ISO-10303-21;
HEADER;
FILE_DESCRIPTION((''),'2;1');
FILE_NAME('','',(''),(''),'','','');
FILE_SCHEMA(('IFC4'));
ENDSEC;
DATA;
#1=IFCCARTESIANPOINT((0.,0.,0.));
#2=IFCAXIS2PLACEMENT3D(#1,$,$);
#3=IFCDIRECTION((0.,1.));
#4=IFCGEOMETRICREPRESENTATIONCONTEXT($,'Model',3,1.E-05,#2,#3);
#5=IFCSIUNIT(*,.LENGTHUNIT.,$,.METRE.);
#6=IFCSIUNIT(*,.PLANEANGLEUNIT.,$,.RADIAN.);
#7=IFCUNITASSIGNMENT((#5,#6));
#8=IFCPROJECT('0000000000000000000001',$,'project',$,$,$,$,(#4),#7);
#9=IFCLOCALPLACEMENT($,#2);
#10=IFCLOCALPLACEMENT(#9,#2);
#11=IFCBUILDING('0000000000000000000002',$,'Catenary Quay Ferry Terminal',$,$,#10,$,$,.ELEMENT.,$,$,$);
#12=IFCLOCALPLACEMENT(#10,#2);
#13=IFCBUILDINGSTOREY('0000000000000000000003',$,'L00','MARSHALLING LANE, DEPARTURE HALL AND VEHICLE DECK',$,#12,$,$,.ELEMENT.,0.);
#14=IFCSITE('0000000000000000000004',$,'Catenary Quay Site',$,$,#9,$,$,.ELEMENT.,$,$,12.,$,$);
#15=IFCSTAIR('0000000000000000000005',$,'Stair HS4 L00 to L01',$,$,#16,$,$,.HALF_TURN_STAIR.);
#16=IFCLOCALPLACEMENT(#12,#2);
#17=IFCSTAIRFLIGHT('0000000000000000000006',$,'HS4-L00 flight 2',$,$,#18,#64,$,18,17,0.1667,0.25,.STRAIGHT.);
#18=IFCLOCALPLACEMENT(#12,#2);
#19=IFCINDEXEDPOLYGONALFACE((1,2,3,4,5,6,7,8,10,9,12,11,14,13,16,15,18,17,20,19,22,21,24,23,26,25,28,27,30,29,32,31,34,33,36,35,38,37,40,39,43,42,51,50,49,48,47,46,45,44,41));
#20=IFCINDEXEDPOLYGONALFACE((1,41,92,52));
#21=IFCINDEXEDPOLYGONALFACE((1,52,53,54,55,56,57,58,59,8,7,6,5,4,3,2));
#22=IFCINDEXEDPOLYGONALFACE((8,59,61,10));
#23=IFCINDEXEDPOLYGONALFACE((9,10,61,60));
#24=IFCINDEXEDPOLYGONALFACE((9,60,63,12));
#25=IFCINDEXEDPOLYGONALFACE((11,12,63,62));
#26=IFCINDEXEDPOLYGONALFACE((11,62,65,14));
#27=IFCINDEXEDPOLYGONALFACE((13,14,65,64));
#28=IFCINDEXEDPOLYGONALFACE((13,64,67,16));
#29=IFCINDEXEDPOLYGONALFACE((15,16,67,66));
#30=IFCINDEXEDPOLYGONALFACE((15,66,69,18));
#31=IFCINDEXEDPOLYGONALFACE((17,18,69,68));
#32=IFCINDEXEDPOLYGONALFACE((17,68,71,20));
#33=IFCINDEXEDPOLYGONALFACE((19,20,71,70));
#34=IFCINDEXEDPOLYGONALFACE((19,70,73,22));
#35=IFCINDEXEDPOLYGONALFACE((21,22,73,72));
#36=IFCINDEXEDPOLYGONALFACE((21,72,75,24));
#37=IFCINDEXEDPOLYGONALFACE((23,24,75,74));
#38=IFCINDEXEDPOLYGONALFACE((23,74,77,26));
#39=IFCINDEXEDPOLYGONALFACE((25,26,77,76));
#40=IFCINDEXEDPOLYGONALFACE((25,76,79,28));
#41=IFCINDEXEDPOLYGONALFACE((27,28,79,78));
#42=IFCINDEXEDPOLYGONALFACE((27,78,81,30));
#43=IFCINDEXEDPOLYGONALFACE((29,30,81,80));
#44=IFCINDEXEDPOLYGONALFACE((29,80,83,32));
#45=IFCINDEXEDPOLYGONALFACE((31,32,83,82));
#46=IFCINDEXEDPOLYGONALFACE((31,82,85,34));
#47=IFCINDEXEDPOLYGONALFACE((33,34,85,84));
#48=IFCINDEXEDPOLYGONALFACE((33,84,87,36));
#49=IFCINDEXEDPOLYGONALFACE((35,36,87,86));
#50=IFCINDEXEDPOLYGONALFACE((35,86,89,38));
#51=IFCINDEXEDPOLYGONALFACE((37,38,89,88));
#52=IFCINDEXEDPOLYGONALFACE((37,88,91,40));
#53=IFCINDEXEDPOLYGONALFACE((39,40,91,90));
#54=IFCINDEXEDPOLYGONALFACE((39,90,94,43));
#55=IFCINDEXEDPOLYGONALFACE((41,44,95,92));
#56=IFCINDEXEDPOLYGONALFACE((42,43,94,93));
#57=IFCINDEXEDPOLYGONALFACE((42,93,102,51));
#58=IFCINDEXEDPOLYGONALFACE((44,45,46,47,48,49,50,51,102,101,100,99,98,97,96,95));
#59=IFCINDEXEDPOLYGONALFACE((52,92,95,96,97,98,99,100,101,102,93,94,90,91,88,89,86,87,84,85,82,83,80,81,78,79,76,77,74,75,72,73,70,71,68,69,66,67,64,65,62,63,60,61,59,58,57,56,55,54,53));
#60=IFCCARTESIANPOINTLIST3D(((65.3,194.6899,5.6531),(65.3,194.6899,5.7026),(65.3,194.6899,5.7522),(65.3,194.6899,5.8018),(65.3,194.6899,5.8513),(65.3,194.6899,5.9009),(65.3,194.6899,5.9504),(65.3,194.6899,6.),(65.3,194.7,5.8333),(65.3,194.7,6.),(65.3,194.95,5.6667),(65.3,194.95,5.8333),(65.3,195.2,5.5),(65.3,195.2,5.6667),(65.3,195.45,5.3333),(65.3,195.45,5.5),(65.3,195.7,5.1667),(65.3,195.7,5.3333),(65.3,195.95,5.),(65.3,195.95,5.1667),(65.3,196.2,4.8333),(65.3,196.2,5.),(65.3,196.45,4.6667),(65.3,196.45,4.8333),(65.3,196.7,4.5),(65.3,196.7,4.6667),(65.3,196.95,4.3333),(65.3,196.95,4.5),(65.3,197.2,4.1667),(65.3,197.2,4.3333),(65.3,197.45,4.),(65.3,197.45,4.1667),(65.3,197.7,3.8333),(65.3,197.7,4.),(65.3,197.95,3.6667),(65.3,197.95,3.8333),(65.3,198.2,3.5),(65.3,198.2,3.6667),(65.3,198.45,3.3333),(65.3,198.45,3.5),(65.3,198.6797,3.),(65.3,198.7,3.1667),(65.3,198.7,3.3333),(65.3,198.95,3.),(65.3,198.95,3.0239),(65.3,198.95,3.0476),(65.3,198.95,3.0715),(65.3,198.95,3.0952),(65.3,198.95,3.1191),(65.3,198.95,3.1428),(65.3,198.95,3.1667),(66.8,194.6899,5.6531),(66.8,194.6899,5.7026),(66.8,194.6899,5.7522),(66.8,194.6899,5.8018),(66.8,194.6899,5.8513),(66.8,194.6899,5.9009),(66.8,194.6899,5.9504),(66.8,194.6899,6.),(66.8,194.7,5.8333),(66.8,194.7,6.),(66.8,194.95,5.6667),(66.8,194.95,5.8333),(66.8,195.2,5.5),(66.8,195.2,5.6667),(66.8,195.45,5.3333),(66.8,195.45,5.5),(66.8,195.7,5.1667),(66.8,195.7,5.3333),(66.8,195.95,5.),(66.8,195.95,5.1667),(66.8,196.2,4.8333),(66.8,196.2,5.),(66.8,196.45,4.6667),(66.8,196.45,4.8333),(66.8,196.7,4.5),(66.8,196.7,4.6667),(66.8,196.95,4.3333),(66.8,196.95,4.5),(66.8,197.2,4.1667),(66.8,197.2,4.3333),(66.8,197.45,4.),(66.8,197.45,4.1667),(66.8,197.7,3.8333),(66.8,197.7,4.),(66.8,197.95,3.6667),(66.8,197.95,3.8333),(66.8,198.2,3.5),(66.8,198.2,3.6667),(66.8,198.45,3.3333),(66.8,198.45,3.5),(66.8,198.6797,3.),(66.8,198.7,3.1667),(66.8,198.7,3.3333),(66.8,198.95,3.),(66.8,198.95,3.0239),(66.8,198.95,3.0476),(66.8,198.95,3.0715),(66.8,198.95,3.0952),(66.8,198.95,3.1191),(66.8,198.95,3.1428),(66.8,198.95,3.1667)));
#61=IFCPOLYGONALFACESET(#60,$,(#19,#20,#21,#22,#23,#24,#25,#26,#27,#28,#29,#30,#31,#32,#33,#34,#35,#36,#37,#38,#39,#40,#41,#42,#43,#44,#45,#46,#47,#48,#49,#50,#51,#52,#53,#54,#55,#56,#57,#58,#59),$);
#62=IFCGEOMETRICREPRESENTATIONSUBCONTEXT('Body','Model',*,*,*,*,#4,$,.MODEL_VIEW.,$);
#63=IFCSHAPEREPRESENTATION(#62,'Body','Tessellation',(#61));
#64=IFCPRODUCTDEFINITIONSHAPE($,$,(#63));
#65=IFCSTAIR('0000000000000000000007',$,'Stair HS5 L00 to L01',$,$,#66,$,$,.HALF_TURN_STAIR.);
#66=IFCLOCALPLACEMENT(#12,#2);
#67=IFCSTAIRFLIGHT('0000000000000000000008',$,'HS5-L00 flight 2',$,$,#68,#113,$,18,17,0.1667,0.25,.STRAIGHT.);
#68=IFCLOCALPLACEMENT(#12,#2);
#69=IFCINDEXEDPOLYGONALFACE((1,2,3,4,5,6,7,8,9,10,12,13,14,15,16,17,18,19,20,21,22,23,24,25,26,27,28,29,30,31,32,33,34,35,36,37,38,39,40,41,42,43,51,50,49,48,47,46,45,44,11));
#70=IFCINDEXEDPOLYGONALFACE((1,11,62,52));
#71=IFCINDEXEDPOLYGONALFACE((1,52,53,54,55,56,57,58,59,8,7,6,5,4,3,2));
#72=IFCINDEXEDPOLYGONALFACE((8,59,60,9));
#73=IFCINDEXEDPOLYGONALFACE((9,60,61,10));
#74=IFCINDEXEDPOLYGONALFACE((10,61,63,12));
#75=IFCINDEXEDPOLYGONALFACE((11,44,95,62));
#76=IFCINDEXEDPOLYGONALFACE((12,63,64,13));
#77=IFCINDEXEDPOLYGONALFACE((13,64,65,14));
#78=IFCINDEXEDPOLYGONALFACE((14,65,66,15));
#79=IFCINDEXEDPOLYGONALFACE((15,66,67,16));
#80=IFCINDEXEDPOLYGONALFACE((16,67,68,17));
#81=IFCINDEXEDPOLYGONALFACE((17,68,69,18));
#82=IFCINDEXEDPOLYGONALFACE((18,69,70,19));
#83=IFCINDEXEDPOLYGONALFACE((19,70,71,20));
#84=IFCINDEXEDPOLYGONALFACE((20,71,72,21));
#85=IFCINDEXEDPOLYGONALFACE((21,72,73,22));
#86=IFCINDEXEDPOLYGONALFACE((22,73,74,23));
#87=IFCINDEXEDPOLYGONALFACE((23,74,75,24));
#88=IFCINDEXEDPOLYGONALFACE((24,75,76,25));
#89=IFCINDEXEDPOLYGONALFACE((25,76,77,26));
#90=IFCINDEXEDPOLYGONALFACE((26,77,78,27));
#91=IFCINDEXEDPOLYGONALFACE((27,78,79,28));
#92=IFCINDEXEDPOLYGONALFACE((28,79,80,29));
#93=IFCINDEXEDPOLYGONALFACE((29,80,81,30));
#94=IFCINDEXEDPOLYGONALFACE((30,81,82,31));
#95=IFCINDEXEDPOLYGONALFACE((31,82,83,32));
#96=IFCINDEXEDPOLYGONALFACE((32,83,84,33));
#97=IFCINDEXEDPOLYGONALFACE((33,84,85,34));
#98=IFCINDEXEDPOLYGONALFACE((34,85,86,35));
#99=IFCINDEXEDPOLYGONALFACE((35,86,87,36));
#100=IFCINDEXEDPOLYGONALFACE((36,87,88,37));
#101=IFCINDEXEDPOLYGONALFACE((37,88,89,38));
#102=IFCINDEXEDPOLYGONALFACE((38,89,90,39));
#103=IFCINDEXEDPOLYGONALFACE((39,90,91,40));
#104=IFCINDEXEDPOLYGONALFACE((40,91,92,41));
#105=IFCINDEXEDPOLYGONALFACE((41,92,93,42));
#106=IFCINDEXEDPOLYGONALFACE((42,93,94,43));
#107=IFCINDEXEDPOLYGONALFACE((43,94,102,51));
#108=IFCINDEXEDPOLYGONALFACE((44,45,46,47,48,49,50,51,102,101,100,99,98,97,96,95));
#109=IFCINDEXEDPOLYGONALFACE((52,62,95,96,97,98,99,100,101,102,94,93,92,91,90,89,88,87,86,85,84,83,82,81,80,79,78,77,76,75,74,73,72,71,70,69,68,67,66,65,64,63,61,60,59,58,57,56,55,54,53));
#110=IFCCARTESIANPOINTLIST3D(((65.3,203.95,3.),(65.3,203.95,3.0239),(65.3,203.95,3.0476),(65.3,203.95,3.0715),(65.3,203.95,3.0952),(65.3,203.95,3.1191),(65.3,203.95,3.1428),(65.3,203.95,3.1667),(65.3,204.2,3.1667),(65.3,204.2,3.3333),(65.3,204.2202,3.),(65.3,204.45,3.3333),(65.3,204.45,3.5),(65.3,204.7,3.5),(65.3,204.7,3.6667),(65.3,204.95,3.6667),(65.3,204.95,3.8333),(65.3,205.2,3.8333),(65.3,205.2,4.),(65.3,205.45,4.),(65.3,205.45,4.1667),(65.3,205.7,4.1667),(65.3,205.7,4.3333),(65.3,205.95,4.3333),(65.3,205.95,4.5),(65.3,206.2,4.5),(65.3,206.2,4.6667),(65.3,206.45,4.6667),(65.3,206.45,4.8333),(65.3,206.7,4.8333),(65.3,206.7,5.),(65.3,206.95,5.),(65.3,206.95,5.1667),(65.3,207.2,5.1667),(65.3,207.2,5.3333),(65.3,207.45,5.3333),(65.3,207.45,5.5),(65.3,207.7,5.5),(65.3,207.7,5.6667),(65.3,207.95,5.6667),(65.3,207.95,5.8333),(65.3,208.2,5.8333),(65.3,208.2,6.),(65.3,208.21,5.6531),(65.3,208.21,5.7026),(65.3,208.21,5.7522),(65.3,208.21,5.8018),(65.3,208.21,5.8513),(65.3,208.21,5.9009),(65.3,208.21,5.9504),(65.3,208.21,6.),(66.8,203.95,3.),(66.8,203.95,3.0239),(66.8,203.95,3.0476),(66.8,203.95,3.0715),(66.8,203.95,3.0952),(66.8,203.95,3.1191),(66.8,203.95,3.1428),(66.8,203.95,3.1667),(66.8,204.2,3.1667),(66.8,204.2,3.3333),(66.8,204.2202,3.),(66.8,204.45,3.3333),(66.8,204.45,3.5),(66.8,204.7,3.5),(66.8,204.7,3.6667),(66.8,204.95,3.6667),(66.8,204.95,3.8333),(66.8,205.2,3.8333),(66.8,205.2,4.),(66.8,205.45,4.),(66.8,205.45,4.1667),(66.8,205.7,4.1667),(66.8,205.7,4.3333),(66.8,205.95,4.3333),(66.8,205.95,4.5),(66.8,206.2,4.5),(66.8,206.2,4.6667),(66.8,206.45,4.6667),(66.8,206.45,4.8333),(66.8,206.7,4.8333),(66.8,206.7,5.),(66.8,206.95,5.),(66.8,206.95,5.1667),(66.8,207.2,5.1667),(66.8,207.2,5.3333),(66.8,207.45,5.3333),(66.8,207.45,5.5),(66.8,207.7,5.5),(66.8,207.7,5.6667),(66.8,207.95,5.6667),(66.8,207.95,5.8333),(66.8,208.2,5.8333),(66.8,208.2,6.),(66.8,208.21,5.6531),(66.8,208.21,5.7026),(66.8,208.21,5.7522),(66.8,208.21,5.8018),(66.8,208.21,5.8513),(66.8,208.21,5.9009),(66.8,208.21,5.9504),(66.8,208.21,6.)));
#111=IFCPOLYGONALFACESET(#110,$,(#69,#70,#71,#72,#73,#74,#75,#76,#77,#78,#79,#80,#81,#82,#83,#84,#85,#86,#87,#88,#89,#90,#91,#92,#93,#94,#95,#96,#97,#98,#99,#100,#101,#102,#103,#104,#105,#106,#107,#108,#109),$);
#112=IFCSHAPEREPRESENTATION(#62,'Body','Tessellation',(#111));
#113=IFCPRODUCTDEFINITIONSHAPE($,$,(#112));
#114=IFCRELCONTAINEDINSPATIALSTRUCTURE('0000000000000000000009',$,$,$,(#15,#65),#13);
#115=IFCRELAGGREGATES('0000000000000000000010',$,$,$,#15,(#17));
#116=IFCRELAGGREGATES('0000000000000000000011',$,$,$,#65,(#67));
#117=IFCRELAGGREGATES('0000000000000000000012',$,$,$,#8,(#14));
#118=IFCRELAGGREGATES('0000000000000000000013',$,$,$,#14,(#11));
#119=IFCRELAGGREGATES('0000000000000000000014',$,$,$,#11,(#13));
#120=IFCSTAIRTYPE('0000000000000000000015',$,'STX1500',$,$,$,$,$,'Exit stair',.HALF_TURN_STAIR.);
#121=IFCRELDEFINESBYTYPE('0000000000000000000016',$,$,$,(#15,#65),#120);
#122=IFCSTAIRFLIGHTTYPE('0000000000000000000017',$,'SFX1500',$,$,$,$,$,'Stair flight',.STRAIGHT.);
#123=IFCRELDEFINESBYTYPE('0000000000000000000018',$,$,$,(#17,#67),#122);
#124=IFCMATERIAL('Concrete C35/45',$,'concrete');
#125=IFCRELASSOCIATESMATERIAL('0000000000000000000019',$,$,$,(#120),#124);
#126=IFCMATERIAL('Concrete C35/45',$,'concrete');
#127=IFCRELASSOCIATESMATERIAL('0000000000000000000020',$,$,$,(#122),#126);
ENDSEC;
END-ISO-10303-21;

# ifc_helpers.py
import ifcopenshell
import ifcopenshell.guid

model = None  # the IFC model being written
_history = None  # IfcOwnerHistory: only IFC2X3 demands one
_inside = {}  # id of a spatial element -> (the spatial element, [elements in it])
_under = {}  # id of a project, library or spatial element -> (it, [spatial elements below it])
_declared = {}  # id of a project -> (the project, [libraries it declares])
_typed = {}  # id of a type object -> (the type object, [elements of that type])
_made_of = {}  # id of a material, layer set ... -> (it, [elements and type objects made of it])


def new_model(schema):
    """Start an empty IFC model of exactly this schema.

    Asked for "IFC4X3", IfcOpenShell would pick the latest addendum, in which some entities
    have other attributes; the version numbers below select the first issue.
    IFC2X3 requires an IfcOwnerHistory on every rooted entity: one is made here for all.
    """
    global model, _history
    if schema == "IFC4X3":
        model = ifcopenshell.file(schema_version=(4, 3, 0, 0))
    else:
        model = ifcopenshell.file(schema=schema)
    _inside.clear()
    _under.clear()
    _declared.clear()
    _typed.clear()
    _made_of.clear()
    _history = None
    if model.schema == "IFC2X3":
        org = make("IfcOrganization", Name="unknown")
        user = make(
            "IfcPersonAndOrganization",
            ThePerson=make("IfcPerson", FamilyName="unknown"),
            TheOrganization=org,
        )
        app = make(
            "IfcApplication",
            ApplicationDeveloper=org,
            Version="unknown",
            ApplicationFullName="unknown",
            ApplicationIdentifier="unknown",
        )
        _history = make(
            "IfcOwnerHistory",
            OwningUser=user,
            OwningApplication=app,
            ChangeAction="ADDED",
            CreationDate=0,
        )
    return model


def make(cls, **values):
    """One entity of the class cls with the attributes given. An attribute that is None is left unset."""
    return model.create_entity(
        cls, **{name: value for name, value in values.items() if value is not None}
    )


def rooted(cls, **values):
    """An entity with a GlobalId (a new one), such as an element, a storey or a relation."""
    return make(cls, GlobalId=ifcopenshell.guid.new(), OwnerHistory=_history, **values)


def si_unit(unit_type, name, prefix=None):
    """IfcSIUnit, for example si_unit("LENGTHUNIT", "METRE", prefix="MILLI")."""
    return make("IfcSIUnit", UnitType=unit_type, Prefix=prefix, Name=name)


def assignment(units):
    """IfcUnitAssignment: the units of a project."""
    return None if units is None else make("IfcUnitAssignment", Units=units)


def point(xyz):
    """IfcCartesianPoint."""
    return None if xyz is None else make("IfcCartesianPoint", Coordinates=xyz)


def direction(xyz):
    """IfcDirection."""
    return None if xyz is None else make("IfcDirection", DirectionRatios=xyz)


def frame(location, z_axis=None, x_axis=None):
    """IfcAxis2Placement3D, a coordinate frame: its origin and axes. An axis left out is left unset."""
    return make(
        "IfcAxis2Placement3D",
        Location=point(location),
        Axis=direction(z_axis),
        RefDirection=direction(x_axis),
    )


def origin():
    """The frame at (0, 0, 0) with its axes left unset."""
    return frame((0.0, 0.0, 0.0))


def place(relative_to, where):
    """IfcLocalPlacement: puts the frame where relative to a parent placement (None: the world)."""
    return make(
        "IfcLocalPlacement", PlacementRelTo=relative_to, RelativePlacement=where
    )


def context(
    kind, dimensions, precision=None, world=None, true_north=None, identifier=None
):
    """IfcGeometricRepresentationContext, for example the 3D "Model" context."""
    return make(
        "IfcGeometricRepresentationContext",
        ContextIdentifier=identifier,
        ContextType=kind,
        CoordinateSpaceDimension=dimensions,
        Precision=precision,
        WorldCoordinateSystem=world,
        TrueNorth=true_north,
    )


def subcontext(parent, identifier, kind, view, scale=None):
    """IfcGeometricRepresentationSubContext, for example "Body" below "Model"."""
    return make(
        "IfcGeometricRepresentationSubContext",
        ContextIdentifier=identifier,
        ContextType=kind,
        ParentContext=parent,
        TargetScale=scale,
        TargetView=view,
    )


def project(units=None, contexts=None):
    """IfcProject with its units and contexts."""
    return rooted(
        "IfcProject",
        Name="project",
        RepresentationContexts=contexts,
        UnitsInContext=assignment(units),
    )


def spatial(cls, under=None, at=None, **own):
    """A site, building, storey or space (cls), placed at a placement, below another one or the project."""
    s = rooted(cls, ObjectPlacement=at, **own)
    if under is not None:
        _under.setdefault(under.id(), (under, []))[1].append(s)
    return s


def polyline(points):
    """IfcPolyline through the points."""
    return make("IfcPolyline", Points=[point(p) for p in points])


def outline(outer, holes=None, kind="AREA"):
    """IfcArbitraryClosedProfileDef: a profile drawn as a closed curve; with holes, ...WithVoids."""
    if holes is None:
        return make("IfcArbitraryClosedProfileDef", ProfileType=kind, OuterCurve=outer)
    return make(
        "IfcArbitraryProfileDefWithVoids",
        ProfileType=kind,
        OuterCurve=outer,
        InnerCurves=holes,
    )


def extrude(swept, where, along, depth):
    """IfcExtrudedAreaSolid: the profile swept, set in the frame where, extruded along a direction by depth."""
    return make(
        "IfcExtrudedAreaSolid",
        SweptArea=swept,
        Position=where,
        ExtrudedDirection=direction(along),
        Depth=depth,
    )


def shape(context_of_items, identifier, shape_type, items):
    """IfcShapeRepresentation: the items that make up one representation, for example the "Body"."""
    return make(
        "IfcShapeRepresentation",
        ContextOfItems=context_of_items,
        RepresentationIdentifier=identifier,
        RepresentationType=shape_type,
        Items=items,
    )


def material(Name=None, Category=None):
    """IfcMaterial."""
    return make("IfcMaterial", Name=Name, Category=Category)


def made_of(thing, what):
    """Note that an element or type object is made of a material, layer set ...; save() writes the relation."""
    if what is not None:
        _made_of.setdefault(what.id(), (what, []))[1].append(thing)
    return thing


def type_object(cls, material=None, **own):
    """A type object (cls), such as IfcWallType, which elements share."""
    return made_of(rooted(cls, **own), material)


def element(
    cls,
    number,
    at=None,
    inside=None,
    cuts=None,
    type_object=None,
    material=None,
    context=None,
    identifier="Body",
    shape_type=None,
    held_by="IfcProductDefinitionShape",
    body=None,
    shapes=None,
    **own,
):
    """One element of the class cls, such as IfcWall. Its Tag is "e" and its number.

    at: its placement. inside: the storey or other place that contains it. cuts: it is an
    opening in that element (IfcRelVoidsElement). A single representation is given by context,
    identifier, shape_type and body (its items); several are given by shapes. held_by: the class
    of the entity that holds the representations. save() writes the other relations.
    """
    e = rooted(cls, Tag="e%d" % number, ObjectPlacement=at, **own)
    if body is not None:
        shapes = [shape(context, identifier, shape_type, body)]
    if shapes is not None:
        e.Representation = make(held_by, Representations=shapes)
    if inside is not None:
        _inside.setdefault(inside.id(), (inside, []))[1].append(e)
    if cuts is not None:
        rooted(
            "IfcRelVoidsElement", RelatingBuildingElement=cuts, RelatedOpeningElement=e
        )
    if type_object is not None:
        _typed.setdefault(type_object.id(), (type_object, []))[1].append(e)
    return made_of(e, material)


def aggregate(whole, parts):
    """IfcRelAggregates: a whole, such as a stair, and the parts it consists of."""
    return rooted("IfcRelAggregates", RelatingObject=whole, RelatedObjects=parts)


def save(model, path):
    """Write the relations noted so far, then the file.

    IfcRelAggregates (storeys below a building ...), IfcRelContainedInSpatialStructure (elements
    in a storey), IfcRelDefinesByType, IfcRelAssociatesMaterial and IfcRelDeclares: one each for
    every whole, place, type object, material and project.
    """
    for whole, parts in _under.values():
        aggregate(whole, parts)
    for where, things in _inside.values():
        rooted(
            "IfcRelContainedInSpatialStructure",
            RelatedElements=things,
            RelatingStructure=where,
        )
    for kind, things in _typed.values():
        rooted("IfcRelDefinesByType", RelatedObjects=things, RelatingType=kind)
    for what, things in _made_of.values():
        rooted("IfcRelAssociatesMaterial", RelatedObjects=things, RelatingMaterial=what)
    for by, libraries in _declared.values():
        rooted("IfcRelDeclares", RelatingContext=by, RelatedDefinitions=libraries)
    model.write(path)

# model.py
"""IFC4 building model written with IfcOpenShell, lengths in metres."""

from ifc_helpers import new_model, si_unit, direction, frame, origin, place, context, subcontext, project, spatial, polyline, outline, extrude, material, type_object, element, aggregate, save


model = new_model("IFC4")

# Units and contexts
model_context = context("Model", 3, precision=1e-05, world=origin(), true_north=direction((0.0, 1.0)))
body_context = subcontext(model_context, "Body", "Model", "MODEL_VIEW")
ifc_project = project(units=[si_unit("LENGTHUNIT", "METRE"), si_unit("PLANEANGLEUNIT", "RADIAN")], contexts=[model_context])

# Site, building, storey
site_placement = place(None, origin())
site = spatial("IfcSite", under=ifc_project, at=site_placement, Name="Catenary Quay Site", CompositionType="ELEMENT", RefElevation=12.0)
building_placement = place(site_placement, origin())
building = spatial("IfcBuilding", under=site, at=building_placement, Name="Catenary Quay Ferry Terminal", CompositionType="ELEMENT")
storey_placement = place(building_placement, origin())
storey = spatial("IfcBuildingStorey", under=building, at=storey_placement, Name="L00", Description="MARSHALLING LANE, DEPARTURE HALL AND VEHICLE DECK", CompositionType="ELEMENT", Elevation=0.0)

# Stair, stair flight
ifc_material_1 = material(Name="Concrete C35/45", Category="concrete")
stair_type = type_object("IfcStairType", Name="STX1500", ElementType="Exit stair", PredefinedType="HALF_TURN_STAIR", material=ifc_material_1)
stair_1_placement = place(storey_placement, origin())
stair_1 = element("IfcStair", 1, at=stair_1_placement, inside=storey, type_object=stair_type, Name="Stair HS4 L00 to L01", PredefinedType="HALF_TURN_STAIR")
ifc_material_2 = material(Name="Concrete C35/45", Category="concrete")
stair_flight_type = type_object("IfcStairFlightType", Name="SFX1500", ElementType="Stair flight", PredefinedType="STRAIGHT", material=ifc_material_2)
stair_flight_1_placement = place(storey_placement, frame((66.05, 198.95, 3.0), z_axis=(0.0, 0.0, 1.0), x_axis=(0.0, -1.0, 0.0)))
stair_flight_1 = element("IfcStairFlight", 2, at=stair_flight_1_placement, type_object=stair_flight_type, Name="HS4-L00 flight 2", NumberOfRisers=18, NumberOfTreads=17, PredefinedType="STRAIGHT", RiserHeight=0.1667, TreadLength=0.25, context=body_context, shape_type="SweptSolid", body=[
    extrude(outline(polyline([(0.0, 0.0), (0.0, 0.0239), (0.0, 0.0476), (0.0, 0.0715), (0.0, 0.0952), (0.0, 0.1191), (0.0, 0.1428), (0.0, 0.1667), (0.25, 0.1667), (0.25, 0.3333), (0.5, 0.3333), (0.5, 0.5), (0.75, 0.5), (0.75, 0.6667), (1.0, 0.6667), (1.0, 0.8333), (1.25, 0.8333), (1.25, 1.0), (1.5, 1.0), (1.5, 1.1667), (1.75, 1.1667), (1.75, 1.3333), (2.0, 1.3333), (2.0, 1.5), (2.25, 1.5), (2.25, 1.6667), (2.5, 1.6667), (2.5, 1.8333), (2.75, 1.8333), (2.75, 2.0), (3.0, 2.0), (3.0, 2.1667), (3.25, 2.1667), (3.25, 2.3333), (3.5, 2.3333), (3.5, 2.5), (3.75, 2.5), (3.75, 2.6667), (4.0, 2.6667), (4.0, 2.8333), (4.25, 2.8333), (4.25, 3.0), (4.26, 3.0), (4.26, 2.9504), (4.26, 2.9009), (4.26, 2.8513), (4.26, 2.8018), (4.26, 2.7522), (4.26, 2.7026), (4.26, 2.6531), (0.2703, 0.0), (0.0, 0.0)])), frame((0.0, 0.75, 0.0), z_axis=(0.0, -1.0, 0.0), x_axis=(1.0, 0.0, 0.0)), (0.0, 0.0, 1.0), 1.5),
])
aggregate(stair_1, [stair_flight_1])

# Stair, stair flight
stair_2_placement = place(storey_placement, origin())
stair_2 = element("IfcStair", 3, at=stair_2_placement, inside=storey, type_object=stair_type, Name="Stair HS5 L00 to L01", PredefinedType="HALF_TURN_STAIR")
stair_flight_2_placement = place(storey_placement, frame((66.05, 203.95, 3.0), z_axis=(0.0, 0.0, 1.0), x_axis=(0.0, 1.0, 0.0)))
stair_flight_2 = element("IfcStairFlight", 4, at=stair_flight_2_placement, type_object=stair_flight_type, Name="HS5-L00 flight 2", NumberOfRisers=18, NumberOfTreads=17, PredefinedType="STRAIGHT", RiserHeight=0.1667, TreadLength=0.25, context=body_context, shape_type="SweptSolid", body=[
    extrude(outline(polyline([(0.0, 0.0), (0.0, 0.0239), (0.0, 0.0476), (0.0, 0.0715), (0.0, 0.0952), (0.0, 0.1191), (0.0, 0.1428), (0.0, 0.1667), (0.25, 0.1667), (0.25, 0.3333), (0.5, 0.3333), (0.5, 0.5), (0.75, 0.5), (0.75, 0.6667), (1.0, 0.6667), (1.0, 0.8333), (1.25, 0.8333), (1.25, 1.0), (1.5, 1.0), (1.5, 1.1667), (1.75, 1.1667), (1.75, 1.3333), (2.0, 1.3333), (2.0, 1.5), (2.25, 1.5), (2.25, 1.6667), (2.5, 1.6667), (2.5, 1.8333), (2.75, 1.8333), (2.75, 2.0), (3.0, 2.0), (3.0, 2.1667), (3.25, 2.1667), (3.25, 2.3333), (3.5, 2.3333), (3.5, 2.5), (3.75, 2.5), (3.75, 2.6667), (4.0, 2.6667), (4.0, 2.8333), (4.25, 2.8333), (4.25, 3.0), (4.26, 3.0), (4.26, 2.9504), (4.26, 2.9009), (4.26, 2.8513), (4.26, 2.8018), (4.26, 2.7522), (4.26, 2.7026), (4.26, 2.6531), (0.2703, 0.0), (0.0, 0.0)])), frame((0.0, 0.75, 0.0), z_axis=(0.0, -1.0, 0.0), x_axis=(1.0, 0.0, 0.0)), (0.0, 0.0, 1.0), 1.5),
])
aggregate(stair_2, [stair_flight_2])

save(model, "model.ifc")
